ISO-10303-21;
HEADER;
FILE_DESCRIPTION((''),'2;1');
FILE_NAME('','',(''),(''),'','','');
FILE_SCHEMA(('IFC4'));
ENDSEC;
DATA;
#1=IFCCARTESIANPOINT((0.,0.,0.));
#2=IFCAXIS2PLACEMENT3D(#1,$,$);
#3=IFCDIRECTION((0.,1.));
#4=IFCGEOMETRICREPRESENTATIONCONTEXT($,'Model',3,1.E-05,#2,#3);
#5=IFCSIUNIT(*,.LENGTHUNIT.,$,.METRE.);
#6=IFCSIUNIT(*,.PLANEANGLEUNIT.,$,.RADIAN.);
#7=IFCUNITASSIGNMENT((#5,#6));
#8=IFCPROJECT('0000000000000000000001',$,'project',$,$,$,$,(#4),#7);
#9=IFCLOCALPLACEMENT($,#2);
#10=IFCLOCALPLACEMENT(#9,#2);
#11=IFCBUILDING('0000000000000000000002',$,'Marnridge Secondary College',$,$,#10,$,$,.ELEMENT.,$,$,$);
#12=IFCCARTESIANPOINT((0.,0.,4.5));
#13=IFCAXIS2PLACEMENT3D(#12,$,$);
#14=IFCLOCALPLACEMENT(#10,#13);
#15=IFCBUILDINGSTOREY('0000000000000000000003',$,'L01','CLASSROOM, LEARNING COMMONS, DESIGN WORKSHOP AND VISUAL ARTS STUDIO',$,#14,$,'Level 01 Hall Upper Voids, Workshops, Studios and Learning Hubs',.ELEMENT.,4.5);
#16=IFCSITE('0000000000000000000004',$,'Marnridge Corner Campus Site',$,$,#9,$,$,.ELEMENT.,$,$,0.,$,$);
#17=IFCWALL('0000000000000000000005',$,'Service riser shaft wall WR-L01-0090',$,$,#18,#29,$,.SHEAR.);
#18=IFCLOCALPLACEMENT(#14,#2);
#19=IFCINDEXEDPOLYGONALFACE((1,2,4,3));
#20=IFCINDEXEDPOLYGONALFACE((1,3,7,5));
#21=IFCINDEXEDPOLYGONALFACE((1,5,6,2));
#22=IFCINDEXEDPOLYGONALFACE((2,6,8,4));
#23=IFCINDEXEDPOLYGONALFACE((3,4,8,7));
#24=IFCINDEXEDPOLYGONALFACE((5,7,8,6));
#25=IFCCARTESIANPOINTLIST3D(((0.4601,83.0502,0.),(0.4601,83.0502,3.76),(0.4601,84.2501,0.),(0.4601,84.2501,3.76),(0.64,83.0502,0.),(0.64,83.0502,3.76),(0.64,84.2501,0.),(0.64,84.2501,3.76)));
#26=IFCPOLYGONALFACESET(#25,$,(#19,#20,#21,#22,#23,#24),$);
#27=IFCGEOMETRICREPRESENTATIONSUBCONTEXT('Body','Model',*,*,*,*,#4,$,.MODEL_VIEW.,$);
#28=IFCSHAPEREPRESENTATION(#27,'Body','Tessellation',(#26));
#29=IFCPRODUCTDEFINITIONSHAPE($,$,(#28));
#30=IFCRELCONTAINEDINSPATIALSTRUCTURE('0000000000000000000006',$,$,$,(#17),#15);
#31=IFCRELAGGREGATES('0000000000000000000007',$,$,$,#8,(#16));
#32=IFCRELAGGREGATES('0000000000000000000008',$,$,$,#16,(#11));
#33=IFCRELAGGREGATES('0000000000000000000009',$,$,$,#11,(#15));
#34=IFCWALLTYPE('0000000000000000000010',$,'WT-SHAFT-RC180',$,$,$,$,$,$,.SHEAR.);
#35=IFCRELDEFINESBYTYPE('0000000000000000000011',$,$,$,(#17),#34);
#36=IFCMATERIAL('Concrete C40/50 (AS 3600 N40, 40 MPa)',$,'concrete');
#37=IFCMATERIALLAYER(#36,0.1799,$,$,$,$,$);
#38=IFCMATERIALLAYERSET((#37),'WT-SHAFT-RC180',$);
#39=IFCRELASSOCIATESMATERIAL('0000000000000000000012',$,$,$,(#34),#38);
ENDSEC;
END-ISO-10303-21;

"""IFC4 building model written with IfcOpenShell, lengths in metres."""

from ifc_helpers import new_model, si_unit, direction, frame, frame_2d, origin, place, context, subcontext, project, spatial, rectangle, extrude, material, layer, layer_set, type_object, element, save


model = new_model("IFC4")

# Units and contexts
model_context = context("Model", 3, precision=1e-05, world=origin(), true_north=direction((0.0, 1.0)))
body_context = subcontext(model_context, "Body", "Model", "MODEL_VIEW")
ifc_project = project(units=[si_unit("LENGTHUNIT", "METRE"), si_unit("PLANEANGLEUNIT", "RADIAN")], contexts=[model_context])

# Site, building, storey
site_placement = place(None, origin())
site = spatial("IfcSite", under=ifc_project, at=site_placement, Name="Marnridge Corner Campus Site", CompositionType="ELEMENT", RefElevation=0.0)
building_placement = place(site_placement, origin())
building = spatial("IfcBuilding", under=site, at=building_placement, Name="Marnridge Secondary College", CompositionType="ELEMENT")
storey_placement = place(building_placement, frame((0.0, 0.0, 4.5)))
storey = spatial("IfcBuildingStorey", under=building, at=storey_placement, Name="L01", Description="CLASSROOM, LEARNING COMMONS, DESIGN WORKSHOP AND VISUAL ARTS STUDIO", LongName="Level 01 Hall Upper Voids, Workshops, Studios and Learning Hubs", CompositionType="ELEMENT", Elevation=4.5)

# Wall
ifc_material_1 = material(Name="Concrete C40/50 (AS 3600 N40, 40 MPa)", Category="concrete")
ifc_layer_1 = layer(ifc_material_1, 0.1799)
ifc_layer_set_1 = layer_set([ifc_layer_1], Name="WT-SHAFT-RC180")
wall_type_1 = type_object("IfcWallType", Name="WT-SHAFT-RC180", PredefinedType="SHEAR", material=ifc_layer_set_1)
for number, where, z_axis, x_axis, name in (
    (1, (0.55, 83.05, 0.0), (0.0, 0.0, 1.0), (0.0, 1.0, 0.0), "Service riser shaft wall WR-L01-0090"),
):
    element("IfcWall", number, at=place(storey_placement, frame(where, z_axis=z_axis, x_axis=x_axis)), inside=storey, type_object=wall_type_1, Name=name, PredefinedType="SHEAR", context=body_context, shape_type="SweptSolid", body=[
        extrude(rectangle(XDim=1.2, YDim=0.1799, at=frame_2d((0.6001, 0.0))), origin(), (0.0, 0.0, 1.0), 3.76),
    ])

save(model, "model.ifc")
